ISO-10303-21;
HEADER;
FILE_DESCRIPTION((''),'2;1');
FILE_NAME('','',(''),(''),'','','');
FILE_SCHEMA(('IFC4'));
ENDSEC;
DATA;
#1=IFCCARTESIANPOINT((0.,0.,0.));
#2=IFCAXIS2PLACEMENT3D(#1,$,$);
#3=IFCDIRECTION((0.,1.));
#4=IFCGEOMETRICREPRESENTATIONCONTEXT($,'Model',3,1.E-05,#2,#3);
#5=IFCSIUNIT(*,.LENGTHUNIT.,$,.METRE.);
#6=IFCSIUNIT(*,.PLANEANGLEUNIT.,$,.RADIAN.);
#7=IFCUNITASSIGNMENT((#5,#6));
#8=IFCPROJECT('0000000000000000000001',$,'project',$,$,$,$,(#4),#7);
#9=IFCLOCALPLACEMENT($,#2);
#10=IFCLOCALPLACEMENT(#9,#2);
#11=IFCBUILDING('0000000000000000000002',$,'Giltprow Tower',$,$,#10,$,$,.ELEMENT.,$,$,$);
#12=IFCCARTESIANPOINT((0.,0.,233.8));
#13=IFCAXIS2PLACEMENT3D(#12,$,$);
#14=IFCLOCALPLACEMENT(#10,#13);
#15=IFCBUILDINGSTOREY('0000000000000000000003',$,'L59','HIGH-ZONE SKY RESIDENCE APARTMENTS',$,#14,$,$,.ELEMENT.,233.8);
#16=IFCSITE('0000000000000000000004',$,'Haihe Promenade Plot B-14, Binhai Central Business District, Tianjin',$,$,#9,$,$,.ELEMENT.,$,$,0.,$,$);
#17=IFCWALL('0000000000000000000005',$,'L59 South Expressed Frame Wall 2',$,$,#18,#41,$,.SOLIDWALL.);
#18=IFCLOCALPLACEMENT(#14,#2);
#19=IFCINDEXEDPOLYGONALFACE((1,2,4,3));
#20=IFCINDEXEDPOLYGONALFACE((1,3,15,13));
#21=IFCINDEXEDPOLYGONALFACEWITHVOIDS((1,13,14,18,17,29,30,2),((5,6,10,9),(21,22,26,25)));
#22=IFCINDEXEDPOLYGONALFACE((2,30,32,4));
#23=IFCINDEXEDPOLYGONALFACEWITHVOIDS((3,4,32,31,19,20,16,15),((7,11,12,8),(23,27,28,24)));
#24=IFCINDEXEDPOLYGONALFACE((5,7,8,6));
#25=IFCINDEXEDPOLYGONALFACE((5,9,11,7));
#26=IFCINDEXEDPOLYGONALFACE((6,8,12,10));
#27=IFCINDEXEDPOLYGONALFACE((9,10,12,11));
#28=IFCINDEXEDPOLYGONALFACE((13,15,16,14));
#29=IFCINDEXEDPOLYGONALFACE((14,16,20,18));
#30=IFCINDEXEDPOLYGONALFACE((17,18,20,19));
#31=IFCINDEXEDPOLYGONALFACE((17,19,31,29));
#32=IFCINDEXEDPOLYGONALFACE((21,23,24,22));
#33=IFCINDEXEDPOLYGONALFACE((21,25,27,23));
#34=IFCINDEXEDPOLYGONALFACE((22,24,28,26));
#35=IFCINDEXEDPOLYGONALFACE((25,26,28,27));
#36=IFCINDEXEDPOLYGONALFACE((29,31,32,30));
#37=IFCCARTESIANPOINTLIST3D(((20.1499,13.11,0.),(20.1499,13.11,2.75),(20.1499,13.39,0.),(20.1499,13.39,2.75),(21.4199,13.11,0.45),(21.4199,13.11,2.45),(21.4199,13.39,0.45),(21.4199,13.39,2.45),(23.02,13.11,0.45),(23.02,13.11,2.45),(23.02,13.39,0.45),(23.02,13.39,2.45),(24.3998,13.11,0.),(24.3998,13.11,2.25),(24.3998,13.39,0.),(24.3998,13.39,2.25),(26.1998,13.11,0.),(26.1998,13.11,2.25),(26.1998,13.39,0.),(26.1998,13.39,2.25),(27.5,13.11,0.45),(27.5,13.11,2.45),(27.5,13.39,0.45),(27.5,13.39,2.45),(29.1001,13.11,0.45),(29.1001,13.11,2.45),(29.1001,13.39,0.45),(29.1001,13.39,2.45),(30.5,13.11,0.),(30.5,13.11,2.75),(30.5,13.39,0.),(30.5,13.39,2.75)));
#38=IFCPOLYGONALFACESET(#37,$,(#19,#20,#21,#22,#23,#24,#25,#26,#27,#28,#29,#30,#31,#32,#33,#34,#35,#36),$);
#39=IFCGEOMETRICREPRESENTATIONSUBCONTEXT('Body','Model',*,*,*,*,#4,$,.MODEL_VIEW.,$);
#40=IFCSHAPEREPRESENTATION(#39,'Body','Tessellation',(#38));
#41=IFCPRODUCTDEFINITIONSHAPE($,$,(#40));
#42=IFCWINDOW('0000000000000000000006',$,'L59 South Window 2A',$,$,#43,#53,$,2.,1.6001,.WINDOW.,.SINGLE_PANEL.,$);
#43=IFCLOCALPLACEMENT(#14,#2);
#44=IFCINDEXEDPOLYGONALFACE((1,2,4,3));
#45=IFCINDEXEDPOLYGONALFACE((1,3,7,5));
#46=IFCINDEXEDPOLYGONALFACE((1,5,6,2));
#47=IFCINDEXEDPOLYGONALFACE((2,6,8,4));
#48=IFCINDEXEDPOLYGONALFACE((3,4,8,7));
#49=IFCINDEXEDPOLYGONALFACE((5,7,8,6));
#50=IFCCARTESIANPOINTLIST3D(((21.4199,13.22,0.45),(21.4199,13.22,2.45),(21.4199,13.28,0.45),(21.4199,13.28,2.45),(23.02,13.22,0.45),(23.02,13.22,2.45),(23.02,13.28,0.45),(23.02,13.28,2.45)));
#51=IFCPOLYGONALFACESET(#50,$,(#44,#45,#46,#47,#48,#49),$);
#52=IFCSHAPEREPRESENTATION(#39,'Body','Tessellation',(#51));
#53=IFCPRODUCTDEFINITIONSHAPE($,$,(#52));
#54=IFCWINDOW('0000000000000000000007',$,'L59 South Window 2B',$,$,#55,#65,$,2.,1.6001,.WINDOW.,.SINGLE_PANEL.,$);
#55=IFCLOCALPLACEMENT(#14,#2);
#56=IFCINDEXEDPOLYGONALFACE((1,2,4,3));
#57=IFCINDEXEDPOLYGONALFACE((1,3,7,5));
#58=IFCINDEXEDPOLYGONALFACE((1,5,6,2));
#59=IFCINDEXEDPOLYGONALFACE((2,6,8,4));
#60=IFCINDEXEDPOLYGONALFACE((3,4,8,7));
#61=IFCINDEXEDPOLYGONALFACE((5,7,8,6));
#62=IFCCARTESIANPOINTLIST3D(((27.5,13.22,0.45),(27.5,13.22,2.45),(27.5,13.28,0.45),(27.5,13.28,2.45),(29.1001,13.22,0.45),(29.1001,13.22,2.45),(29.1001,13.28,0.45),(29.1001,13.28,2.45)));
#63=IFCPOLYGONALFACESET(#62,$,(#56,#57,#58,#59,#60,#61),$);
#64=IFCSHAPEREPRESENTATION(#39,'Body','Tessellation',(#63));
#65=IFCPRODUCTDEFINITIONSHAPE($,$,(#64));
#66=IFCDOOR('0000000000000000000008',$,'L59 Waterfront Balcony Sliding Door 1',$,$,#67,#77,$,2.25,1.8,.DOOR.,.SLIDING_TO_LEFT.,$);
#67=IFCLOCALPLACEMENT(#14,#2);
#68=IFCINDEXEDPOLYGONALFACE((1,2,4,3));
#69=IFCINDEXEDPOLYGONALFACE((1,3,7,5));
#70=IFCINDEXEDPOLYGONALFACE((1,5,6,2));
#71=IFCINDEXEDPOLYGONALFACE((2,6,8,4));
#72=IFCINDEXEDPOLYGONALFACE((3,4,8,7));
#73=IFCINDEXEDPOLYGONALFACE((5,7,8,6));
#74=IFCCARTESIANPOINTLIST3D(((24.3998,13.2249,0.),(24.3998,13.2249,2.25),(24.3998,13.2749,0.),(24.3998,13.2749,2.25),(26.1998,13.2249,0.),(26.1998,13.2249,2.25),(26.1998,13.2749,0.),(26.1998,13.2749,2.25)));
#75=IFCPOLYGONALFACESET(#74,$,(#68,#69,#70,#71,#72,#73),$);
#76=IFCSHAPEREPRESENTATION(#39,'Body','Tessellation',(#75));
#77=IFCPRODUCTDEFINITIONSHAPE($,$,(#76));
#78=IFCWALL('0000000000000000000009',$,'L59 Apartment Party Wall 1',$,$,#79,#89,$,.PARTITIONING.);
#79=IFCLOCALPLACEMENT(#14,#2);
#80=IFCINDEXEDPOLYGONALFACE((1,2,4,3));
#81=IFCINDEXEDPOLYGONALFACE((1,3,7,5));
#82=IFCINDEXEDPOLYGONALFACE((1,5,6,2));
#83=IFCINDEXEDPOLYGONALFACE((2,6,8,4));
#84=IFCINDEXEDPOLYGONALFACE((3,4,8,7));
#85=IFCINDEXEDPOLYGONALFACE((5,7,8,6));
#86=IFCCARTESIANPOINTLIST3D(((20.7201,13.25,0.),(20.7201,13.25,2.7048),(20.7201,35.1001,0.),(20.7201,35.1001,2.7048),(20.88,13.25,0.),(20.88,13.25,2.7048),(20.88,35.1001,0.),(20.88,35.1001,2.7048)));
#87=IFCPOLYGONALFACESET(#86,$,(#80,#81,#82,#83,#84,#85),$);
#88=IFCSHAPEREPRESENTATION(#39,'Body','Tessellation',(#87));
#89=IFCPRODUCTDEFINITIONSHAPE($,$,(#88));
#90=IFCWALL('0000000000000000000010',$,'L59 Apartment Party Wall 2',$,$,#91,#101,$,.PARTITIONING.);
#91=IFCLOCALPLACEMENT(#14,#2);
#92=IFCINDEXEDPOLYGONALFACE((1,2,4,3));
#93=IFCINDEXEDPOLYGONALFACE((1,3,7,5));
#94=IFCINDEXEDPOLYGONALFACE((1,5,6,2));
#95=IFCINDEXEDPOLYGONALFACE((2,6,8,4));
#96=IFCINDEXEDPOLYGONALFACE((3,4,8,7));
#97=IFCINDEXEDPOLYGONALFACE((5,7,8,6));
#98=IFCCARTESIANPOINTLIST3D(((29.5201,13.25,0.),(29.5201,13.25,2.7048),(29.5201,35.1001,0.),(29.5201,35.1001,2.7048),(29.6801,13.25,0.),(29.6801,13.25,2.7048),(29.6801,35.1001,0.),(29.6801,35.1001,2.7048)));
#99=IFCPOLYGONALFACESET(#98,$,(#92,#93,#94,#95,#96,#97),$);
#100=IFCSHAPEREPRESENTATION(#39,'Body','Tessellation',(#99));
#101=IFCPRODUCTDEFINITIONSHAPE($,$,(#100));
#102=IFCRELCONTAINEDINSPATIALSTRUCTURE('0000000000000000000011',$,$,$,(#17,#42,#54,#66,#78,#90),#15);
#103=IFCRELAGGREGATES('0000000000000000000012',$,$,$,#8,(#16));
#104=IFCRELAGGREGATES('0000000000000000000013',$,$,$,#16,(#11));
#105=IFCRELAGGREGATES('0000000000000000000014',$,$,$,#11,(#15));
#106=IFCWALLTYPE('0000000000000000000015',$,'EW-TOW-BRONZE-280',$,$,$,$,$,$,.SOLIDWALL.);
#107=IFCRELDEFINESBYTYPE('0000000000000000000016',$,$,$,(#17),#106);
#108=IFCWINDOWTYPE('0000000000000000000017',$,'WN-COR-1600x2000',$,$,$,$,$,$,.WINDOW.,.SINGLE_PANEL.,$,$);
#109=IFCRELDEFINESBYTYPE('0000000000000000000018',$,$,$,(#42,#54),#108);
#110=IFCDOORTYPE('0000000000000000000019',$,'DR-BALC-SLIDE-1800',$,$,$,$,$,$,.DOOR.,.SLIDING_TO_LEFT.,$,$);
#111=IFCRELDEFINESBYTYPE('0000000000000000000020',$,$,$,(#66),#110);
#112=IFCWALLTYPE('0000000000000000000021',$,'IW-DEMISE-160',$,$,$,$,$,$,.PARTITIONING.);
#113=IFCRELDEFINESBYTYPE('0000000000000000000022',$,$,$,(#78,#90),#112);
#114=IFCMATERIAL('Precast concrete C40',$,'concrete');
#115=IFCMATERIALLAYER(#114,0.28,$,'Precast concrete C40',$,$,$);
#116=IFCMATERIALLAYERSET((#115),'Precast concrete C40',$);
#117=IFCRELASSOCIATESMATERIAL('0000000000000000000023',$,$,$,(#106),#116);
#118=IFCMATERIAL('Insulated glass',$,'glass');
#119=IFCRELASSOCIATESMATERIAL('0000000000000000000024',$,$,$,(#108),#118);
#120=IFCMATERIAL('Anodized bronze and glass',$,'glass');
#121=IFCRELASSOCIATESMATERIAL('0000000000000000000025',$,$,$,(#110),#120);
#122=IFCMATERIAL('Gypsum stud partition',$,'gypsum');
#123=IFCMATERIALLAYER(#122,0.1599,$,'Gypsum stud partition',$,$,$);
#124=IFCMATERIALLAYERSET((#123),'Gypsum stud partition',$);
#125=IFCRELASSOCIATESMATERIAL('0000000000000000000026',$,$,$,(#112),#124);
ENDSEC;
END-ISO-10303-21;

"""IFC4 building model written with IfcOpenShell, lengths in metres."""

from ifc_helpers import new_model, si_unit, direction, frame, frame_2d, origin, place, context, subcontext, project, spatial, rectangle, extrude, source, transform, mapped, material, layer, layer_set, type_object, element, fill, save


model = new_model("IFC4")

# Units and contexts
model_context = context("Model", 3, precision=1e-05, world=origin(), true_north=direction((0.0, 1.0)))
body_context = subcontext(model_context, "Body", "Model", "MODEL_VIEW")
ifc_project = project(units=[si_unit("LENGTHUNIT", "METRE"), si_unit("PLANEANGLEUNIT", "RADIAN")], contexts=[model_context])

# Site, building, storey
site_placement = place(None, origin())
site = spatial("IfcSite", under=ifc_project, at=site_placement, Name="Haihe Promenade Plot B-14, Binhai Central Business District, Tianjin", CompositionType="ELEMENT", RefElevation=0.0)
building_placement = place(site_placement, origin())
building = spatial("IfcBuilding", under=site, at=building_placement, Name="Giltprow Tower", CompositionType="ELEMENT")
storey_placement = place(building_placement, frame((0.0, 0.0, 233.8)))
storey = spatial("IfcBuildingStorey", under=building, at=storey_placement, Name="L59", Description="HIGH-ZONE SKY RESIDENCE APARTMENTS", CompositionType="ELEMENT", Elevation=233.8)

# Wall, openings, windows, door
ifc_material_1 = material(Name="Precast concrete C40", Category="concrete")
ifc_layer_1 = layer(ifc_material_1, 0.28, Name="Precast concrete C40")
ifc_layer_set_1 = layer_set([ifc_layer_1], Name="Precast concrete C40")
wall_type_1 = type_object("IfcWallType", Name="EW-TOW-BRONZE-280", PredefinedType="SOLIDWALL", material=ifc_layer_set_1)
wall_1_placement = place(storey_placement, frame((20.1499, 13.25, 0.0), z_axis=(0.0, 0.0, 1.0), x_axis=(1.0, 0.0, 0.0)))
wall_1 = element("IfcWall", 1, at=wall_1_placement, inside=storey, type_object=wall_type_1, Name="L59 South Expressed Frame Wall 2", PredefinedType="SOLIDWALL", context=body_context, shape_type="SweptSolid", body=[
    extrude(rectangle(XDim=10.3501, YDim=0.28, at=frame_2d((5.175, 0.0))), origin(), (0.0, 0.0, 1.0), 2.75),
])
opening_1_placement = place(wall_1_placement, frame((4.25, 0.0, 0.0)))
opening_1 = element("IfcOpeningElement", 2, at=opening_1_placement, cuts=wall_1, PredefinedType="OPENING", context=body_context, shape_type="SweptSolid", body=[
    extrude(rectangle(XDim=1.8, YDim=2.25, at=frame_2d((0.8999, 1.125))), frame((0.0, 0.1499, 0.0), z_axis=(0.0, -1.0, 0.0), x_axis=(1.0, 0.0, 0.0)), (0.0, 0.0, 1.0), 0.3),
])
opening_2_placement = place(wall_1_placement, frame((1.27, 0.0, 0.45)))
opening_2 = element("IfcOpeningElement", 3, at=opening_2_placement, cuts=wall_1, PredefinedType="OPENING", context=body_context, shape_type="SweptSolid", body=[
    extrude(rectangle(XDim=1.6001, YDim=2.0, at=frame_2d((0.8, 1.0))), frame((0.0, 0.1499, 0.0), z_axis=(0.0, -1.0, 0.0), x_axis=(1.0, 0.0, 0.0)), (0.0, 0.0, 1.0), 0.3),
])
opening_3_placement = place(wall_1_placement, frame((7.3501, 0.0, 0.45)))
opening_3 = element("IfcOpeningElement", 4, at=opening_3_placement, cuts=wall_1, PredefinedType="OPENING", context=body_context, shape_type="SweptSolid", body=[
    extrude(rectangle(XDim=1.6001, YDim=2.0, at=frame_2d((0.8, 1.0))), frame((0.0, 0.1499, 0.0), z_axis=(0.0, -1.0, 0.0), x_axis=(1.0, 0.0, 0.0)), (0.0, 0.0, 1.0), 0.3),
])
ifc_material_2 = material(Name="Insulated glass", Category="glass")
window_type = type_object("IfcWindowType", Name="WN-COR-1600x2000", PartitioningType="SINGLE_PANEL", PredefinedType="WINDOW", material=ifc_material_2)
shared_shape_1 = source(origin(), body_context, "Body", "SweptSolid", [
    extrude(rectangle(XDim=1.6001, YDim=2.0, at=frame_2d((0.8, 1.0))), frame((0.0, 0.03, 0.0), z_axis=(0.0, -1.0, 0.0), x_axis=(1.0, 0.0, 0.0)), (0.0, 0.0, 1.0), 0.0601),
])
window_1_placement = place(opening_2_placement, origin())
window_1 = element("IfcWindow", 5, at=window_1_placement, inside=storey, type_object=window_type, Name="L59 South Window 2A", OverallHeight=2.0, OverallWidth=1.6001, PartitioningType="SINGLE_PANEL", PredefinedType="WINDOW", context=body_context, shape_type="MappedRepresentation", body=[
    mapped(shared_shape_1, transform((0.0, 0.0, 0.0), x_axis=(1.0, 0.0, 0.0), y_axis=(0.0, 1.0, 0.0), z_axis=(0.0, 0.0, 1.0), scale=1.0)),
])
fill(opening_2, window_1)
window_2_placement = place(opening_3_placement, origin())
window_2 = element("IfcWindow", 6, at=window_2_placement, inside=storey, type_object=window_type, Name="L59 South Window 2B", OverallHeight=2.0, OverallWidth=1.6001, PartitioningType="SINGLE_PANEL", PredefinedType="WINDOW", context=body_context, shape_type="MappedRepresentation", body=[
    mapped(shared_shape_1, transform((0.0, 0.0, 0.0), x_axis=(1.0, 0.0, 0.0), y_axis=(0.0, 1.0, 0.0), z_axis=(0.0, 0.0, 1.0), scale=1.0)),
])
fill(opening_3, window_2)
ifc_material_3 = material(Name="Anodized bronze and glass", Category="glass")
door_type_1 = type_object("IfcDoorType", Name="DR-BALC-SLIDE-1800", OperationType="SLIDING_TO_LEFT", PredefinedType="DOOR", material=ifc_material_3)
shared_shape_2 = source(origin(), body_context, "Body", "SweptSolid", [
    extrude(rectangle(XDim=1.8, YDim=2.25, at=frame_2d((0.8999, 1.125))), frame((0.0, 0.0249, 0.0), z_axis=(0.0, -1.0, 0.0), x_axis=(1.0, 0.0, 0.0)), (0.0, 0.0, 1.0), 0.05),
])
door_1_placement = place(opening_1_placement, origin())
door_1 = element("IfcDoor", 7, at=door_1_placement, inside=storey, type_object=door_type_1, Name="L59 Waterfront Balcony Sliding Door 1", OperationType="SLIDING_TO_LEFT", OverallHeight=2.25, OverallWidth=1.8, PredefinedType="DOOR", context=body_context, shape_type="MappedRepresentation", body=[
    mapped(shared_shape_2, transform((0.0, 0.0, 0.0), x_axis=(1.0, 0.0, 0.0), y_axis=(0.0, 1.0, 0.0), z_axis=(0.0, 0.0, 1.0), scale=1.0)),
])
fill(opening_1, door_1)

# Walls
ifc_material_4 = material(Name="Gypsum stud partition", Category="gypsum")
ifc_layer_2 = layer(ifc_material_4, 0.1599, Name="Gypsum stud partition")
ifc_layer_set_2 = layer_set([ifc_layer_2], Name="Gypsum stud partition")
wall_type_2 = type_object("IfcWallType", Name="IW-DEMISE-160", PredefinedType="PARTITIONING", material=ifc_layer_set_2)
for number, where, z_axis, x_axis, name in (
    (8, (20.8, 13.25, 0.0), (0.0, 0.0, 1.0), (0.0, 1.0, 0.0), "L59 Apartment Party Wall 1"),
    (9, (29.6001, 13.25, 0.0), (0.0, 0.0, 1.0), (0.0, 1.0, 0.0), "L59 Apartment Party Wall 2"),
):
    element("IfcWall", number, at=place(storey_placement, frame(where, z_axis=z_axis, x_axis=x_axis)), inside=storey, type_object=wall_type_2, Name=name, PredefinedType="PARTITIONING", context=body_context, shape_type="SweptSolid", body=[
        extrude(rectangle(XDim=21.8501, YDim=0.1599, at=frame_2d((10.925, 0.0))), origin(), (0.0, 0.0, 1.0), 2.7048),
    ])

save(model, "model.ifc")
